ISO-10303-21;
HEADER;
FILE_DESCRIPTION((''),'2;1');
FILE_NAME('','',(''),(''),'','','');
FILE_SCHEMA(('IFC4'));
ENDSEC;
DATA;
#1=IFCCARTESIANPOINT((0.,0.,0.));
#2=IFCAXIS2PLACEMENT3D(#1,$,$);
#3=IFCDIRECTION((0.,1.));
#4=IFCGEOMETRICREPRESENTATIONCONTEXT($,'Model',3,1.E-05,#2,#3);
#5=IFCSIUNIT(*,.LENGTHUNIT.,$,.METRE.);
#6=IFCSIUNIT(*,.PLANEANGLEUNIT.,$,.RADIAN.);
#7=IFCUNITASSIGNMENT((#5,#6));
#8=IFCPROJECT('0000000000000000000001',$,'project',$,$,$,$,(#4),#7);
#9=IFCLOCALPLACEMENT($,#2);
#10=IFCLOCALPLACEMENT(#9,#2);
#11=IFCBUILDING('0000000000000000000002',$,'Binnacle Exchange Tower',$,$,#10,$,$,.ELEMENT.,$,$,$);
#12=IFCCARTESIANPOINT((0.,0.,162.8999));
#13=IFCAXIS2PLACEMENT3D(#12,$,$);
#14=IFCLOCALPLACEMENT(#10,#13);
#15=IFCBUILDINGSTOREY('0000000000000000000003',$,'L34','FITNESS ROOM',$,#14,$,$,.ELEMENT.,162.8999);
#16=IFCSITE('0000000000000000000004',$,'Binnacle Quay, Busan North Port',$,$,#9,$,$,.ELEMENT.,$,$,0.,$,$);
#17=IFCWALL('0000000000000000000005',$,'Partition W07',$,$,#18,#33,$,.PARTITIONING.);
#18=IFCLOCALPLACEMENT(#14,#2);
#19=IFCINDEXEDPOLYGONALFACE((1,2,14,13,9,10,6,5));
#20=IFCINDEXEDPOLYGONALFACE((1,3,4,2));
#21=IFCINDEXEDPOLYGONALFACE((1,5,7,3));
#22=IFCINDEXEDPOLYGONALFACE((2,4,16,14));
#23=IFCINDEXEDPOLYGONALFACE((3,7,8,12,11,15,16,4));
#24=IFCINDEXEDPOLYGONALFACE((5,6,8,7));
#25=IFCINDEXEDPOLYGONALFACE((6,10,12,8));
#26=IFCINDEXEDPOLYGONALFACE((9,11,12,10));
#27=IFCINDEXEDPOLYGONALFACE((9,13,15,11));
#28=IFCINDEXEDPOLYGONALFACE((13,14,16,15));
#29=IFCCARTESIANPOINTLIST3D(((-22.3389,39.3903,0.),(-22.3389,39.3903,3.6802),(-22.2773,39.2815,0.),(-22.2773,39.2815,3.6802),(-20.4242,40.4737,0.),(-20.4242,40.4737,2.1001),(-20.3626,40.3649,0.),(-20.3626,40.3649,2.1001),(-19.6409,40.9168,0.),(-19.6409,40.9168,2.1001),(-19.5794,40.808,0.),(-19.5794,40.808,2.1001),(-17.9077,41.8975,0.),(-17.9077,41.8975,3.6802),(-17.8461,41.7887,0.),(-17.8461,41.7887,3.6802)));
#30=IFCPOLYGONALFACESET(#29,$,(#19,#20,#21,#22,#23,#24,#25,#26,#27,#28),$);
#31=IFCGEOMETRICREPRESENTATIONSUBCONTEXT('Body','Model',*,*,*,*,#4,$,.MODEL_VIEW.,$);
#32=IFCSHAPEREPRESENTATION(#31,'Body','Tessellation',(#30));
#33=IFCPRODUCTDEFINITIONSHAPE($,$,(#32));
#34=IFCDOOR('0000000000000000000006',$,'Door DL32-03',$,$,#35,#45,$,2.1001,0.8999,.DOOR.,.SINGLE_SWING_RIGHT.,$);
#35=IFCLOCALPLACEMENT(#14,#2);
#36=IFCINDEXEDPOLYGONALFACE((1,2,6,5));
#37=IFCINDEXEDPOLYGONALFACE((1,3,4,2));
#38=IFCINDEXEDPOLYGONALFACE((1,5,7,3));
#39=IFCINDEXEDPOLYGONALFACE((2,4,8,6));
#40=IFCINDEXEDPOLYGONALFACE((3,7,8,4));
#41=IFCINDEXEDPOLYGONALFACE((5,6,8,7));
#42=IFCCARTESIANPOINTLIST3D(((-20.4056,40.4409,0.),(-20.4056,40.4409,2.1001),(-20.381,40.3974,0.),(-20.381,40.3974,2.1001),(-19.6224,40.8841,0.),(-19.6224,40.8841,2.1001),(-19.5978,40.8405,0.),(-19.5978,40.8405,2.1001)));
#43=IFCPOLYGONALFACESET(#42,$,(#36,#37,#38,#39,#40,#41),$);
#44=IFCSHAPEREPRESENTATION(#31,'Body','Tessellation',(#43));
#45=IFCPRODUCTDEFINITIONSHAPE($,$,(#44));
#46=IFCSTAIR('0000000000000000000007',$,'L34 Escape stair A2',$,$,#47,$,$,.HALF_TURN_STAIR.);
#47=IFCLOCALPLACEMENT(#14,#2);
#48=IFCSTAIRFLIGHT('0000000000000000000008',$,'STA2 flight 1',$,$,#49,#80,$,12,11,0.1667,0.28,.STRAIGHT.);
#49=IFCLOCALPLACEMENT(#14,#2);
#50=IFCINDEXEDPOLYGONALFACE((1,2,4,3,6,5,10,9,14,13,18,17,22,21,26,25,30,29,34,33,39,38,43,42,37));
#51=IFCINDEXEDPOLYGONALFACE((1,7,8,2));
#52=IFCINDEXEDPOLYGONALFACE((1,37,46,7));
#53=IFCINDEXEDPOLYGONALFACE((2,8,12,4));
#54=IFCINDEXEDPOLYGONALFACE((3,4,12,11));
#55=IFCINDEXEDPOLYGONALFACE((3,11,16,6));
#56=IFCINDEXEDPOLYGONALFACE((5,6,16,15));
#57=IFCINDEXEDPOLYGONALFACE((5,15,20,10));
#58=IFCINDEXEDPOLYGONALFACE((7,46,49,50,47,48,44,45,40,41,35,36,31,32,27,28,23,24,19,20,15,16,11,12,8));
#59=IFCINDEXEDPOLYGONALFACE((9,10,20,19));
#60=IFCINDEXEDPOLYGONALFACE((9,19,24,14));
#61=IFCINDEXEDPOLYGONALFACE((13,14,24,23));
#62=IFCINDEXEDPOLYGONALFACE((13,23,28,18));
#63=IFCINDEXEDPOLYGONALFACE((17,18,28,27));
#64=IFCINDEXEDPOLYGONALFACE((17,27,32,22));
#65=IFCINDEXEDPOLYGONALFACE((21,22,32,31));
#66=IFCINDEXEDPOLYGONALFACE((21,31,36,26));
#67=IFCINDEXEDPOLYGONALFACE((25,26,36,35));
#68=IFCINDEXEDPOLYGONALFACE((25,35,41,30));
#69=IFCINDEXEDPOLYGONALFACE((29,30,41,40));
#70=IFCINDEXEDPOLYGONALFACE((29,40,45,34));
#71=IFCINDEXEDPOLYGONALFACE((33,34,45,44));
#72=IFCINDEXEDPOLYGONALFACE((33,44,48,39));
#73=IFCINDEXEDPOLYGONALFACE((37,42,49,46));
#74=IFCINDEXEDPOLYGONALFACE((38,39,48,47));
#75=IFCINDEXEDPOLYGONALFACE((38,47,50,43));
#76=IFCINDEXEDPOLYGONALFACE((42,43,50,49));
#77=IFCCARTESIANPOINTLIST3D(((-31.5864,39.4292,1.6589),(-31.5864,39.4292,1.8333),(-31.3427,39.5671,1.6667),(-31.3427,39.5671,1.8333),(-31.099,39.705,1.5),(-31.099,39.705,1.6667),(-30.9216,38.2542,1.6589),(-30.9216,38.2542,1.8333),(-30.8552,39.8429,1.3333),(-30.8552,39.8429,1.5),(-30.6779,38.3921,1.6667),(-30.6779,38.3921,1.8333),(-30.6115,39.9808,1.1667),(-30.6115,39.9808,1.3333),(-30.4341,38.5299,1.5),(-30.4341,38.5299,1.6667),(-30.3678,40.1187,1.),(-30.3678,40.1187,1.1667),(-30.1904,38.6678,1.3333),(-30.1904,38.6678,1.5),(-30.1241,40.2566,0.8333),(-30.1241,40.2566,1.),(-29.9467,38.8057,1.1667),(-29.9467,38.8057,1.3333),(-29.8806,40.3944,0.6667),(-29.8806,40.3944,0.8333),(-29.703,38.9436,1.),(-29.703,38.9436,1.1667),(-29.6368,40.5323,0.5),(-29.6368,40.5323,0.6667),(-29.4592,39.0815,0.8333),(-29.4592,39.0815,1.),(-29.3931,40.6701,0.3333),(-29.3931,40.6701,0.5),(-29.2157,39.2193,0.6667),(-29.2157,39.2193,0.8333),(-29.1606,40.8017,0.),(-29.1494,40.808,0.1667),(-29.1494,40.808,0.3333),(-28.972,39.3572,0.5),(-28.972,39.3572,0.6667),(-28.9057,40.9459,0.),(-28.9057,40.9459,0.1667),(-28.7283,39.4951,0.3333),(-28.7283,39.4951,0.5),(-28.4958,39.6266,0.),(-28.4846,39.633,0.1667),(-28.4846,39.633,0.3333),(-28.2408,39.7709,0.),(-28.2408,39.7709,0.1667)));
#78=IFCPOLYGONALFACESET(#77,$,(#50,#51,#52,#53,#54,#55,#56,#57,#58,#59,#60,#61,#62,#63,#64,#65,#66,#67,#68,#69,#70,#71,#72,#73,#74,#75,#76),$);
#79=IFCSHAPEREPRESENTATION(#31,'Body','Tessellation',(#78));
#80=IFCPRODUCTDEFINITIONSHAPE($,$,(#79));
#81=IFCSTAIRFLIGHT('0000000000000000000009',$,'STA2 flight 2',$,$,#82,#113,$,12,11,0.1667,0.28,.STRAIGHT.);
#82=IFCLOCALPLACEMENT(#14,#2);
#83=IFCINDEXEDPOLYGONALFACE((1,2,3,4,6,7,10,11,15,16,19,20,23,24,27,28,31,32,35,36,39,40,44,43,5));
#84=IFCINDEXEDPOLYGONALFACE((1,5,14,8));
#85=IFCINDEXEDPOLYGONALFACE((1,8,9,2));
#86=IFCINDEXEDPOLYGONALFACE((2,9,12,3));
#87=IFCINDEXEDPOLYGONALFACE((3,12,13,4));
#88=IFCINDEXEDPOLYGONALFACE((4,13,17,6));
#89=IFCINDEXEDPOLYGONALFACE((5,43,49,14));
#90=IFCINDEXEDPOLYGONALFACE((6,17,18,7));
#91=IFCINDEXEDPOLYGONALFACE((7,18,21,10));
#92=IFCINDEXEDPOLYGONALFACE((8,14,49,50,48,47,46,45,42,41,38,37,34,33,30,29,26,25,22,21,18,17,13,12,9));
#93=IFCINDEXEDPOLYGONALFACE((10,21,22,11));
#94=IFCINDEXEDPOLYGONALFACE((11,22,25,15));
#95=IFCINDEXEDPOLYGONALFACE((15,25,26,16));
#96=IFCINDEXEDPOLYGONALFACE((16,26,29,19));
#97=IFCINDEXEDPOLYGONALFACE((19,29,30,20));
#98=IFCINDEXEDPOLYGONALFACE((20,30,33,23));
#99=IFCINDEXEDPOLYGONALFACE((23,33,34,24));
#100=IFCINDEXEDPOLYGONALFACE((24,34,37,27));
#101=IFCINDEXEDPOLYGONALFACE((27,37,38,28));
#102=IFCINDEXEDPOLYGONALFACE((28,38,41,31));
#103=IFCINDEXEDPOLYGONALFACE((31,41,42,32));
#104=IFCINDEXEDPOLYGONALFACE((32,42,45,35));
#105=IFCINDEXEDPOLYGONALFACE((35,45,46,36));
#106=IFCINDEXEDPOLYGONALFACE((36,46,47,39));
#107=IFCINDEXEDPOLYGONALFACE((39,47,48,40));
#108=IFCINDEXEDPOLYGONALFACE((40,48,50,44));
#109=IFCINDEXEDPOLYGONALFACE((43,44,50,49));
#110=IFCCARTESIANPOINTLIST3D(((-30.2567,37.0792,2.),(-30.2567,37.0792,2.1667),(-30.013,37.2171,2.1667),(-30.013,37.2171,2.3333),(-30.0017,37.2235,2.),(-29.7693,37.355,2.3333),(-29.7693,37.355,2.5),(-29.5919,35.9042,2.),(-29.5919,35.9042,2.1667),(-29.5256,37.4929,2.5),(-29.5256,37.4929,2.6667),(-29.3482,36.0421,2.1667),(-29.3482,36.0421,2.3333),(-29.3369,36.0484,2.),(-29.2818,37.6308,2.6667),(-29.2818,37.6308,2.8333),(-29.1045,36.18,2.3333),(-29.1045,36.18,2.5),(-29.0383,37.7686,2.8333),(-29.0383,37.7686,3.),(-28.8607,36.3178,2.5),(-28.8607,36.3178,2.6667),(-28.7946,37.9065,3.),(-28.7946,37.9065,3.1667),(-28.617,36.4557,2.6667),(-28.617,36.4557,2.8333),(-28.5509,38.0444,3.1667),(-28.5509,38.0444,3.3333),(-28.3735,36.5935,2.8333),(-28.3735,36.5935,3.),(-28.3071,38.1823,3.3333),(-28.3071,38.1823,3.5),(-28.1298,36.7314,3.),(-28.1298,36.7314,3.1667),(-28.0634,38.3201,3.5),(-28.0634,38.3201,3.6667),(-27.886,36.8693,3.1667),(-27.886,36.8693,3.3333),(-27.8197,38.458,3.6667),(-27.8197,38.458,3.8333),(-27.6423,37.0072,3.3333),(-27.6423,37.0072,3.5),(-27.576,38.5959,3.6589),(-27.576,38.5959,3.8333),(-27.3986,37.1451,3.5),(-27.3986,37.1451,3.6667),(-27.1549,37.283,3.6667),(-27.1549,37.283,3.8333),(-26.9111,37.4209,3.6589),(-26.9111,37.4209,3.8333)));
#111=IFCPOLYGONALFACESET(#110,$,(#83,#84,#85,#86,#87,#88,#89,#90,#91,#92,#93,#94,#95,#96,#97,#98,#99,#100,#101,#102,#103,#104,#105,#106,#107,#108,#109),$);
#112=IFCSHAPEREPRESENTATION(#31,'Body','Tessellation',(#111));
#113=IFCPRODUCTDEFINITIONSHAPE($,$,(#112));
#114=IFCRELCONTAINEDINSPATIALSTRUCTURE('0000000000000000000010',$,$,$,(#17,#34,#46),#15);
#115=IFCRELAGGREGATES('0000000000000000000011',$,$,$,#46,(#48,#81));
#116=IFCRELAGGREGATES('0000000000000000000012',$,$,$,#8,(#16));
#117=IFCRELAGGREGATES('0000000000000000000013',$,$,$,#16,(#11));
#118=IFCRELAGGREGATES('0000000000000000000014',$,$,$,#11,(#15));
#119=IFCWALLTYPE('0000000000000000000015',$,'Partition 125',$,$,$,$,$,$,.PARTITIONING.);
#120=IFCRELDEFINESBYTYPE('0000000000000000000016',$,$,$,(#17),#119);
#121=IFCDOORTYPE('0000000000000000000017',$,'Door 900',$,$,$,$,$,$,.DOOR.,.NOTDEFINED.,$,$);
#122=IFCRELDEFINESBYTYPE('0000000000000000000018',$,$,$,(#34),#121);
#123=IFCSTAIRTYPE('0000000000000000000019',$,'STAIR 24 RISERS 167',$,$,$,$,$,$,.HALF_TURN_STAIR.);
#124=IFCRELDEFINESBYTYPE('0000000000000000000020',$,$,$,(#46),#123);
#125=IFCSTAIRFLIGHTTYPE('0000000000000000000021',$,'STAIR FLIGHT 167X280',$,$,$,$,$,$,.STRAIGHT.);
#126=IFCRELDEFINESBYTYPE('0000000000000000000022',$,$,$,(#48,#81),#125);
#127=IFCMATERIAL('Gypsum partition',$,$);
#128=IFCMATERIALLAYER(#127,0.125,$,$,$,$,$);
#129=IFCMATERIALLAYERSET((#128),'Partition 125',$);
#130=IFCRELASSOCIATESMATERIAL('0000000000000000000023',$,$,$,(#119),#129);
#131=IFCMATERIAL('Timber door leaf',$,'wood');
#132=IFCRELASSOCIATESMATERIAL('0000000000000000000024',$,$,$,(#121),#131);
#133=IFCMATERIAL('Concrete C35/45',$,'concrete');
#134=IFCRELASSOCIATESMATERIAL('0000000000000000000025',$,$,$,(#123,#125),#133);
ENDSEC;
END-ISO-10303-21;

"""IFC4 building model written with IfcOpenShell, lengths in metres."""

from ifc_helpers import new_model, si_unit, direction, frame, frame_2d, origin, place, context, subcontext, project, spatial, polyline, rectangle, outline, extrude, material, layer, layer_set, type_object, element, fill, aggregate, save


model = new_model("IFC4")

# Units and contexts
model_context = context("Model", 3, precision=1e-05, world=origin(), true_north=direction((0.0, 1.0)))
body_context = subcontext(model_context, "Body", "Model", "MODEL_VIEW")
ifc_project = project(units=[si_unit("LENGTHUNIT", "METRE"), si_unit("PLANEANGLEUNIT", "RADIAN")], contexts=[model_context])

# Site, building, storey
site_placement = place(None, origin())
site = spatial("IfcSite", under=ifc_project, at=site_placement, Name="Binnacle Quay, Busan North Port", CompositionType="ELEMENT", RefElevation=0.0)
building_placement = place(site_placement, origin())
building = spatial("IfcBuilding", under=site, at=building_placement, Name="Binnacle Exchange Tower", CompositionType="ELEMENT")
storey_placement = place(building_placement, frame((0.0, 0.0, 162.8999)))
storey = spatial("IfcBuildingStorey", under=building, at=storey_placement, Name="L34", Description="FITNESS ROOM", CompositionType="ELEMENT", Elevation=162.8999)

# Shared definitions
ifc_material_1 = material(Name="Concrete C35/45", Category="concrete")

# Wall, opening, door
ifc_material_2 = material(Name="Gypsum partition")
ifc_layer_1 = layer(ifc_material_2, 0.125)
ifc_layer_set_1 = layer_set([ifc_layer_1], Name="Partition 125")
wall_type = type_object("IfcWallType", Name="Partition 125", PredefinedType="PARTITIONING", material=ifc_layer_set_1)
ifc_material_3 = material(Name="Timber door leaf", Category="wood")
door_type = type_object("IfcDoorType", Name="Door 900", OperationType="NOTDEFINED", PredefinedType="DOOR", material=ifc_material_3)
wall_1_placement = place(storey_placement, frame((-22.3081, 39.3359, 0.0), z_axis=(0.0, 0.0, 1.0), x_axis=(0.870351, 0.492432, 0.0)))
wall_1 = element("IfcWall", 1, at=wall_1_placement, inside=storey, type_object=wall_type, Name="Partition W07", PredefinedType="PARTITIONING", context=body_context, shape_type="SweptSolid", body=[
    extrude(rectangle(XDim=5.0913, YDim=0.125, at=frame_2d((2.5457, 0.0))), origin(), (0.0, 0.0, 1.0), 3.6802),
])
opening_1_placement = place(wall_1_placement, frame((2.2, 0.0, 0.0)))
opening_1 = element("IfcOpeningElement", 2, at=opening_1_placement, cuts=wall_1, PredefinedType="OPENING", context=body_context, shape_type="SweptSolid", body=[
    extrude(rectangle(XDim=0.8999, YDim=2.1001, at=frame_2d((0.45, 1.05))), frame((0.0, 0.0725, 0.0), z_axis=(0.0, -1.0, 0.0), x_axis=(1.0, 0.0, 0.0)), (0.0, 0.0, 1.0), 0.145),
])
door_1_placement = place(opening_1_placement, origin())
door_1 = element("IfcDoor", 3, at=door_1_placement, inside=storey, type_object=door_type, Name="Door DL32-03", OperationType="SINGLE_SWING_RIGHT", OverallHeight=2.1001, OverallWidth=0.8999, PredefinedType="DOOR", context=body_context, shape_type="SweptSolid", body=[
    extrude(rectangle(XDim=0.8999, YDim=2.1001, at=frame_2d((0.45, 1.05))), frame((0.0, 0.0249, 0.0), z_axis=(0.0, -1.0, 0.0), x_axis=(1.0, 0.0, 0.0)), (0.0, 0.0, 1.0), 0.05),
])
fill(opening_1, door_1)

# Stair, stair flights
stair_type = type_object("IfcStairType", Name="STAIR 24 RISERS 167", PredefinedType="HALF_TURN_STAIR", material=ifc_material_1)
stair_placement = place(storey_placement, origin())
stair = element("IfcStair", 4, at=stair_placement, inside=storey, type_object=stair_type, Name="L34 Escape stair A2", PredefinedType="HALF_TURN_STAIR")
stair_flight_type = type_object("IfcStairFlightType", Name="STAIR FLIGHT 167X280", PredefinedType="STRAIGHT", material=ifc_material_1)
stair_flight_1_placement = place(storey_placement, frame((-28.5732, 40.3584, 0.0), z_axis=(0.0, 0.0, 1.0), x_axis=(-0.870356, -0.492424, 0.0)))
stair_flight_1 = element("IfcStairFlight", 5, at=stair_flight_1_placement, type_object=stair_flight_type, Name="STA2 flight 1", NumberOfRisers=12, NumberOfTreads=11, PredefinedType="STRAIGHT", RiserHeight=0.1667, TreadLength=0.28, context=body_context, shape_type="SweptSolid", body=[
    extrude(outline(polyline([(0.0, 0.0), (0.0, 0.1667), (0.28, 0.1667), (0.28, 0.3333), (0.5601, 0.3333), (0.5601, 0.5), (0.8401, 0.5), (0.8401, 0.6667), (1.1201, 0.6667), (1.1201, 0.8333), (1.3999, 0.8333), (1.3999, 1.0), (1.6799, 1.0), (1.6799, 1.1667), (1.96, 1.1667), (1.96, 1.3333), (2.24, 1.3333), (2.24, 1.5), (2.52, 1.5), (2.52, 1.6667), (2.8, 1.6667), (2.8, 1.8333), (3.0801, 1.8333), (3.0801, 2.0), (3.0801, 1.6589), (0.293, 0.0), (0.0, 0.0)])), frame((0.0, 0.675, 0.0), z_axis=(0.0, -1.0, 0.0), x_axis=(1.0, 0.0, 0.0)), (0.0, 0.0, 1.0), 1.3501),
])
stair_flight_2_placement = place(storey_placement, frame((-29.9243, 36.4917, 2.0), z_axis=(0.0, 0.0, 1.0), x_axis=(0.870356, 0.492424, 0.0)))
stair_flight_2 = element("IfcStairFlight", 6, at=stair_flight_2_placement, type_object=stair_flight_type, Name="STA2 flight 2", NumberOfRisers=12, NumberOfTreads=11, PredefinedType="STRAIGHT", RiserHeight=0.1667, TreadLength=0.28, context=body_context, shape_type="SweptSolid", body=[
    extrude(outline(polyline([(0.0, 0.0), (0.0, 0.1667), (0.28, 0.1667), (0.28, 0.3333), (0.5601, 0.3333), (0.5601, 0.5), (0.8401, 0.5), (0.8401, 0.6667), (1.1201, 0.6667), (1.1201, 0.8333), (1.3999, 0.8333), (1.3999, 1.0), (1.6799, 1.0), (1.6799, 1.1667), (1.96, 1.1667), (1.96, 1.3333), (2.24, 1.3333), (2.24, 1.5), (2.52, 1.5), (2.52, 1.6667), (2.8, 1.6667), (2.8, 1.8333), (3.0801, 1.8333), (3.0801, 2.0), (3.0801, 1.6589), (0.293, 0.0), (0.0, 0.0)])), frame((0.0, 0.675, 0.0), z_axis=(0.0, -1.0, 0.0), x_axis=(1.0, 0.0, 0.0)), (0.0, 0.0, 1.0), 1.3501),
])
aggregate(stair, [stair_flight_1, stair_flight_2])

save(model, "model.ifc")
